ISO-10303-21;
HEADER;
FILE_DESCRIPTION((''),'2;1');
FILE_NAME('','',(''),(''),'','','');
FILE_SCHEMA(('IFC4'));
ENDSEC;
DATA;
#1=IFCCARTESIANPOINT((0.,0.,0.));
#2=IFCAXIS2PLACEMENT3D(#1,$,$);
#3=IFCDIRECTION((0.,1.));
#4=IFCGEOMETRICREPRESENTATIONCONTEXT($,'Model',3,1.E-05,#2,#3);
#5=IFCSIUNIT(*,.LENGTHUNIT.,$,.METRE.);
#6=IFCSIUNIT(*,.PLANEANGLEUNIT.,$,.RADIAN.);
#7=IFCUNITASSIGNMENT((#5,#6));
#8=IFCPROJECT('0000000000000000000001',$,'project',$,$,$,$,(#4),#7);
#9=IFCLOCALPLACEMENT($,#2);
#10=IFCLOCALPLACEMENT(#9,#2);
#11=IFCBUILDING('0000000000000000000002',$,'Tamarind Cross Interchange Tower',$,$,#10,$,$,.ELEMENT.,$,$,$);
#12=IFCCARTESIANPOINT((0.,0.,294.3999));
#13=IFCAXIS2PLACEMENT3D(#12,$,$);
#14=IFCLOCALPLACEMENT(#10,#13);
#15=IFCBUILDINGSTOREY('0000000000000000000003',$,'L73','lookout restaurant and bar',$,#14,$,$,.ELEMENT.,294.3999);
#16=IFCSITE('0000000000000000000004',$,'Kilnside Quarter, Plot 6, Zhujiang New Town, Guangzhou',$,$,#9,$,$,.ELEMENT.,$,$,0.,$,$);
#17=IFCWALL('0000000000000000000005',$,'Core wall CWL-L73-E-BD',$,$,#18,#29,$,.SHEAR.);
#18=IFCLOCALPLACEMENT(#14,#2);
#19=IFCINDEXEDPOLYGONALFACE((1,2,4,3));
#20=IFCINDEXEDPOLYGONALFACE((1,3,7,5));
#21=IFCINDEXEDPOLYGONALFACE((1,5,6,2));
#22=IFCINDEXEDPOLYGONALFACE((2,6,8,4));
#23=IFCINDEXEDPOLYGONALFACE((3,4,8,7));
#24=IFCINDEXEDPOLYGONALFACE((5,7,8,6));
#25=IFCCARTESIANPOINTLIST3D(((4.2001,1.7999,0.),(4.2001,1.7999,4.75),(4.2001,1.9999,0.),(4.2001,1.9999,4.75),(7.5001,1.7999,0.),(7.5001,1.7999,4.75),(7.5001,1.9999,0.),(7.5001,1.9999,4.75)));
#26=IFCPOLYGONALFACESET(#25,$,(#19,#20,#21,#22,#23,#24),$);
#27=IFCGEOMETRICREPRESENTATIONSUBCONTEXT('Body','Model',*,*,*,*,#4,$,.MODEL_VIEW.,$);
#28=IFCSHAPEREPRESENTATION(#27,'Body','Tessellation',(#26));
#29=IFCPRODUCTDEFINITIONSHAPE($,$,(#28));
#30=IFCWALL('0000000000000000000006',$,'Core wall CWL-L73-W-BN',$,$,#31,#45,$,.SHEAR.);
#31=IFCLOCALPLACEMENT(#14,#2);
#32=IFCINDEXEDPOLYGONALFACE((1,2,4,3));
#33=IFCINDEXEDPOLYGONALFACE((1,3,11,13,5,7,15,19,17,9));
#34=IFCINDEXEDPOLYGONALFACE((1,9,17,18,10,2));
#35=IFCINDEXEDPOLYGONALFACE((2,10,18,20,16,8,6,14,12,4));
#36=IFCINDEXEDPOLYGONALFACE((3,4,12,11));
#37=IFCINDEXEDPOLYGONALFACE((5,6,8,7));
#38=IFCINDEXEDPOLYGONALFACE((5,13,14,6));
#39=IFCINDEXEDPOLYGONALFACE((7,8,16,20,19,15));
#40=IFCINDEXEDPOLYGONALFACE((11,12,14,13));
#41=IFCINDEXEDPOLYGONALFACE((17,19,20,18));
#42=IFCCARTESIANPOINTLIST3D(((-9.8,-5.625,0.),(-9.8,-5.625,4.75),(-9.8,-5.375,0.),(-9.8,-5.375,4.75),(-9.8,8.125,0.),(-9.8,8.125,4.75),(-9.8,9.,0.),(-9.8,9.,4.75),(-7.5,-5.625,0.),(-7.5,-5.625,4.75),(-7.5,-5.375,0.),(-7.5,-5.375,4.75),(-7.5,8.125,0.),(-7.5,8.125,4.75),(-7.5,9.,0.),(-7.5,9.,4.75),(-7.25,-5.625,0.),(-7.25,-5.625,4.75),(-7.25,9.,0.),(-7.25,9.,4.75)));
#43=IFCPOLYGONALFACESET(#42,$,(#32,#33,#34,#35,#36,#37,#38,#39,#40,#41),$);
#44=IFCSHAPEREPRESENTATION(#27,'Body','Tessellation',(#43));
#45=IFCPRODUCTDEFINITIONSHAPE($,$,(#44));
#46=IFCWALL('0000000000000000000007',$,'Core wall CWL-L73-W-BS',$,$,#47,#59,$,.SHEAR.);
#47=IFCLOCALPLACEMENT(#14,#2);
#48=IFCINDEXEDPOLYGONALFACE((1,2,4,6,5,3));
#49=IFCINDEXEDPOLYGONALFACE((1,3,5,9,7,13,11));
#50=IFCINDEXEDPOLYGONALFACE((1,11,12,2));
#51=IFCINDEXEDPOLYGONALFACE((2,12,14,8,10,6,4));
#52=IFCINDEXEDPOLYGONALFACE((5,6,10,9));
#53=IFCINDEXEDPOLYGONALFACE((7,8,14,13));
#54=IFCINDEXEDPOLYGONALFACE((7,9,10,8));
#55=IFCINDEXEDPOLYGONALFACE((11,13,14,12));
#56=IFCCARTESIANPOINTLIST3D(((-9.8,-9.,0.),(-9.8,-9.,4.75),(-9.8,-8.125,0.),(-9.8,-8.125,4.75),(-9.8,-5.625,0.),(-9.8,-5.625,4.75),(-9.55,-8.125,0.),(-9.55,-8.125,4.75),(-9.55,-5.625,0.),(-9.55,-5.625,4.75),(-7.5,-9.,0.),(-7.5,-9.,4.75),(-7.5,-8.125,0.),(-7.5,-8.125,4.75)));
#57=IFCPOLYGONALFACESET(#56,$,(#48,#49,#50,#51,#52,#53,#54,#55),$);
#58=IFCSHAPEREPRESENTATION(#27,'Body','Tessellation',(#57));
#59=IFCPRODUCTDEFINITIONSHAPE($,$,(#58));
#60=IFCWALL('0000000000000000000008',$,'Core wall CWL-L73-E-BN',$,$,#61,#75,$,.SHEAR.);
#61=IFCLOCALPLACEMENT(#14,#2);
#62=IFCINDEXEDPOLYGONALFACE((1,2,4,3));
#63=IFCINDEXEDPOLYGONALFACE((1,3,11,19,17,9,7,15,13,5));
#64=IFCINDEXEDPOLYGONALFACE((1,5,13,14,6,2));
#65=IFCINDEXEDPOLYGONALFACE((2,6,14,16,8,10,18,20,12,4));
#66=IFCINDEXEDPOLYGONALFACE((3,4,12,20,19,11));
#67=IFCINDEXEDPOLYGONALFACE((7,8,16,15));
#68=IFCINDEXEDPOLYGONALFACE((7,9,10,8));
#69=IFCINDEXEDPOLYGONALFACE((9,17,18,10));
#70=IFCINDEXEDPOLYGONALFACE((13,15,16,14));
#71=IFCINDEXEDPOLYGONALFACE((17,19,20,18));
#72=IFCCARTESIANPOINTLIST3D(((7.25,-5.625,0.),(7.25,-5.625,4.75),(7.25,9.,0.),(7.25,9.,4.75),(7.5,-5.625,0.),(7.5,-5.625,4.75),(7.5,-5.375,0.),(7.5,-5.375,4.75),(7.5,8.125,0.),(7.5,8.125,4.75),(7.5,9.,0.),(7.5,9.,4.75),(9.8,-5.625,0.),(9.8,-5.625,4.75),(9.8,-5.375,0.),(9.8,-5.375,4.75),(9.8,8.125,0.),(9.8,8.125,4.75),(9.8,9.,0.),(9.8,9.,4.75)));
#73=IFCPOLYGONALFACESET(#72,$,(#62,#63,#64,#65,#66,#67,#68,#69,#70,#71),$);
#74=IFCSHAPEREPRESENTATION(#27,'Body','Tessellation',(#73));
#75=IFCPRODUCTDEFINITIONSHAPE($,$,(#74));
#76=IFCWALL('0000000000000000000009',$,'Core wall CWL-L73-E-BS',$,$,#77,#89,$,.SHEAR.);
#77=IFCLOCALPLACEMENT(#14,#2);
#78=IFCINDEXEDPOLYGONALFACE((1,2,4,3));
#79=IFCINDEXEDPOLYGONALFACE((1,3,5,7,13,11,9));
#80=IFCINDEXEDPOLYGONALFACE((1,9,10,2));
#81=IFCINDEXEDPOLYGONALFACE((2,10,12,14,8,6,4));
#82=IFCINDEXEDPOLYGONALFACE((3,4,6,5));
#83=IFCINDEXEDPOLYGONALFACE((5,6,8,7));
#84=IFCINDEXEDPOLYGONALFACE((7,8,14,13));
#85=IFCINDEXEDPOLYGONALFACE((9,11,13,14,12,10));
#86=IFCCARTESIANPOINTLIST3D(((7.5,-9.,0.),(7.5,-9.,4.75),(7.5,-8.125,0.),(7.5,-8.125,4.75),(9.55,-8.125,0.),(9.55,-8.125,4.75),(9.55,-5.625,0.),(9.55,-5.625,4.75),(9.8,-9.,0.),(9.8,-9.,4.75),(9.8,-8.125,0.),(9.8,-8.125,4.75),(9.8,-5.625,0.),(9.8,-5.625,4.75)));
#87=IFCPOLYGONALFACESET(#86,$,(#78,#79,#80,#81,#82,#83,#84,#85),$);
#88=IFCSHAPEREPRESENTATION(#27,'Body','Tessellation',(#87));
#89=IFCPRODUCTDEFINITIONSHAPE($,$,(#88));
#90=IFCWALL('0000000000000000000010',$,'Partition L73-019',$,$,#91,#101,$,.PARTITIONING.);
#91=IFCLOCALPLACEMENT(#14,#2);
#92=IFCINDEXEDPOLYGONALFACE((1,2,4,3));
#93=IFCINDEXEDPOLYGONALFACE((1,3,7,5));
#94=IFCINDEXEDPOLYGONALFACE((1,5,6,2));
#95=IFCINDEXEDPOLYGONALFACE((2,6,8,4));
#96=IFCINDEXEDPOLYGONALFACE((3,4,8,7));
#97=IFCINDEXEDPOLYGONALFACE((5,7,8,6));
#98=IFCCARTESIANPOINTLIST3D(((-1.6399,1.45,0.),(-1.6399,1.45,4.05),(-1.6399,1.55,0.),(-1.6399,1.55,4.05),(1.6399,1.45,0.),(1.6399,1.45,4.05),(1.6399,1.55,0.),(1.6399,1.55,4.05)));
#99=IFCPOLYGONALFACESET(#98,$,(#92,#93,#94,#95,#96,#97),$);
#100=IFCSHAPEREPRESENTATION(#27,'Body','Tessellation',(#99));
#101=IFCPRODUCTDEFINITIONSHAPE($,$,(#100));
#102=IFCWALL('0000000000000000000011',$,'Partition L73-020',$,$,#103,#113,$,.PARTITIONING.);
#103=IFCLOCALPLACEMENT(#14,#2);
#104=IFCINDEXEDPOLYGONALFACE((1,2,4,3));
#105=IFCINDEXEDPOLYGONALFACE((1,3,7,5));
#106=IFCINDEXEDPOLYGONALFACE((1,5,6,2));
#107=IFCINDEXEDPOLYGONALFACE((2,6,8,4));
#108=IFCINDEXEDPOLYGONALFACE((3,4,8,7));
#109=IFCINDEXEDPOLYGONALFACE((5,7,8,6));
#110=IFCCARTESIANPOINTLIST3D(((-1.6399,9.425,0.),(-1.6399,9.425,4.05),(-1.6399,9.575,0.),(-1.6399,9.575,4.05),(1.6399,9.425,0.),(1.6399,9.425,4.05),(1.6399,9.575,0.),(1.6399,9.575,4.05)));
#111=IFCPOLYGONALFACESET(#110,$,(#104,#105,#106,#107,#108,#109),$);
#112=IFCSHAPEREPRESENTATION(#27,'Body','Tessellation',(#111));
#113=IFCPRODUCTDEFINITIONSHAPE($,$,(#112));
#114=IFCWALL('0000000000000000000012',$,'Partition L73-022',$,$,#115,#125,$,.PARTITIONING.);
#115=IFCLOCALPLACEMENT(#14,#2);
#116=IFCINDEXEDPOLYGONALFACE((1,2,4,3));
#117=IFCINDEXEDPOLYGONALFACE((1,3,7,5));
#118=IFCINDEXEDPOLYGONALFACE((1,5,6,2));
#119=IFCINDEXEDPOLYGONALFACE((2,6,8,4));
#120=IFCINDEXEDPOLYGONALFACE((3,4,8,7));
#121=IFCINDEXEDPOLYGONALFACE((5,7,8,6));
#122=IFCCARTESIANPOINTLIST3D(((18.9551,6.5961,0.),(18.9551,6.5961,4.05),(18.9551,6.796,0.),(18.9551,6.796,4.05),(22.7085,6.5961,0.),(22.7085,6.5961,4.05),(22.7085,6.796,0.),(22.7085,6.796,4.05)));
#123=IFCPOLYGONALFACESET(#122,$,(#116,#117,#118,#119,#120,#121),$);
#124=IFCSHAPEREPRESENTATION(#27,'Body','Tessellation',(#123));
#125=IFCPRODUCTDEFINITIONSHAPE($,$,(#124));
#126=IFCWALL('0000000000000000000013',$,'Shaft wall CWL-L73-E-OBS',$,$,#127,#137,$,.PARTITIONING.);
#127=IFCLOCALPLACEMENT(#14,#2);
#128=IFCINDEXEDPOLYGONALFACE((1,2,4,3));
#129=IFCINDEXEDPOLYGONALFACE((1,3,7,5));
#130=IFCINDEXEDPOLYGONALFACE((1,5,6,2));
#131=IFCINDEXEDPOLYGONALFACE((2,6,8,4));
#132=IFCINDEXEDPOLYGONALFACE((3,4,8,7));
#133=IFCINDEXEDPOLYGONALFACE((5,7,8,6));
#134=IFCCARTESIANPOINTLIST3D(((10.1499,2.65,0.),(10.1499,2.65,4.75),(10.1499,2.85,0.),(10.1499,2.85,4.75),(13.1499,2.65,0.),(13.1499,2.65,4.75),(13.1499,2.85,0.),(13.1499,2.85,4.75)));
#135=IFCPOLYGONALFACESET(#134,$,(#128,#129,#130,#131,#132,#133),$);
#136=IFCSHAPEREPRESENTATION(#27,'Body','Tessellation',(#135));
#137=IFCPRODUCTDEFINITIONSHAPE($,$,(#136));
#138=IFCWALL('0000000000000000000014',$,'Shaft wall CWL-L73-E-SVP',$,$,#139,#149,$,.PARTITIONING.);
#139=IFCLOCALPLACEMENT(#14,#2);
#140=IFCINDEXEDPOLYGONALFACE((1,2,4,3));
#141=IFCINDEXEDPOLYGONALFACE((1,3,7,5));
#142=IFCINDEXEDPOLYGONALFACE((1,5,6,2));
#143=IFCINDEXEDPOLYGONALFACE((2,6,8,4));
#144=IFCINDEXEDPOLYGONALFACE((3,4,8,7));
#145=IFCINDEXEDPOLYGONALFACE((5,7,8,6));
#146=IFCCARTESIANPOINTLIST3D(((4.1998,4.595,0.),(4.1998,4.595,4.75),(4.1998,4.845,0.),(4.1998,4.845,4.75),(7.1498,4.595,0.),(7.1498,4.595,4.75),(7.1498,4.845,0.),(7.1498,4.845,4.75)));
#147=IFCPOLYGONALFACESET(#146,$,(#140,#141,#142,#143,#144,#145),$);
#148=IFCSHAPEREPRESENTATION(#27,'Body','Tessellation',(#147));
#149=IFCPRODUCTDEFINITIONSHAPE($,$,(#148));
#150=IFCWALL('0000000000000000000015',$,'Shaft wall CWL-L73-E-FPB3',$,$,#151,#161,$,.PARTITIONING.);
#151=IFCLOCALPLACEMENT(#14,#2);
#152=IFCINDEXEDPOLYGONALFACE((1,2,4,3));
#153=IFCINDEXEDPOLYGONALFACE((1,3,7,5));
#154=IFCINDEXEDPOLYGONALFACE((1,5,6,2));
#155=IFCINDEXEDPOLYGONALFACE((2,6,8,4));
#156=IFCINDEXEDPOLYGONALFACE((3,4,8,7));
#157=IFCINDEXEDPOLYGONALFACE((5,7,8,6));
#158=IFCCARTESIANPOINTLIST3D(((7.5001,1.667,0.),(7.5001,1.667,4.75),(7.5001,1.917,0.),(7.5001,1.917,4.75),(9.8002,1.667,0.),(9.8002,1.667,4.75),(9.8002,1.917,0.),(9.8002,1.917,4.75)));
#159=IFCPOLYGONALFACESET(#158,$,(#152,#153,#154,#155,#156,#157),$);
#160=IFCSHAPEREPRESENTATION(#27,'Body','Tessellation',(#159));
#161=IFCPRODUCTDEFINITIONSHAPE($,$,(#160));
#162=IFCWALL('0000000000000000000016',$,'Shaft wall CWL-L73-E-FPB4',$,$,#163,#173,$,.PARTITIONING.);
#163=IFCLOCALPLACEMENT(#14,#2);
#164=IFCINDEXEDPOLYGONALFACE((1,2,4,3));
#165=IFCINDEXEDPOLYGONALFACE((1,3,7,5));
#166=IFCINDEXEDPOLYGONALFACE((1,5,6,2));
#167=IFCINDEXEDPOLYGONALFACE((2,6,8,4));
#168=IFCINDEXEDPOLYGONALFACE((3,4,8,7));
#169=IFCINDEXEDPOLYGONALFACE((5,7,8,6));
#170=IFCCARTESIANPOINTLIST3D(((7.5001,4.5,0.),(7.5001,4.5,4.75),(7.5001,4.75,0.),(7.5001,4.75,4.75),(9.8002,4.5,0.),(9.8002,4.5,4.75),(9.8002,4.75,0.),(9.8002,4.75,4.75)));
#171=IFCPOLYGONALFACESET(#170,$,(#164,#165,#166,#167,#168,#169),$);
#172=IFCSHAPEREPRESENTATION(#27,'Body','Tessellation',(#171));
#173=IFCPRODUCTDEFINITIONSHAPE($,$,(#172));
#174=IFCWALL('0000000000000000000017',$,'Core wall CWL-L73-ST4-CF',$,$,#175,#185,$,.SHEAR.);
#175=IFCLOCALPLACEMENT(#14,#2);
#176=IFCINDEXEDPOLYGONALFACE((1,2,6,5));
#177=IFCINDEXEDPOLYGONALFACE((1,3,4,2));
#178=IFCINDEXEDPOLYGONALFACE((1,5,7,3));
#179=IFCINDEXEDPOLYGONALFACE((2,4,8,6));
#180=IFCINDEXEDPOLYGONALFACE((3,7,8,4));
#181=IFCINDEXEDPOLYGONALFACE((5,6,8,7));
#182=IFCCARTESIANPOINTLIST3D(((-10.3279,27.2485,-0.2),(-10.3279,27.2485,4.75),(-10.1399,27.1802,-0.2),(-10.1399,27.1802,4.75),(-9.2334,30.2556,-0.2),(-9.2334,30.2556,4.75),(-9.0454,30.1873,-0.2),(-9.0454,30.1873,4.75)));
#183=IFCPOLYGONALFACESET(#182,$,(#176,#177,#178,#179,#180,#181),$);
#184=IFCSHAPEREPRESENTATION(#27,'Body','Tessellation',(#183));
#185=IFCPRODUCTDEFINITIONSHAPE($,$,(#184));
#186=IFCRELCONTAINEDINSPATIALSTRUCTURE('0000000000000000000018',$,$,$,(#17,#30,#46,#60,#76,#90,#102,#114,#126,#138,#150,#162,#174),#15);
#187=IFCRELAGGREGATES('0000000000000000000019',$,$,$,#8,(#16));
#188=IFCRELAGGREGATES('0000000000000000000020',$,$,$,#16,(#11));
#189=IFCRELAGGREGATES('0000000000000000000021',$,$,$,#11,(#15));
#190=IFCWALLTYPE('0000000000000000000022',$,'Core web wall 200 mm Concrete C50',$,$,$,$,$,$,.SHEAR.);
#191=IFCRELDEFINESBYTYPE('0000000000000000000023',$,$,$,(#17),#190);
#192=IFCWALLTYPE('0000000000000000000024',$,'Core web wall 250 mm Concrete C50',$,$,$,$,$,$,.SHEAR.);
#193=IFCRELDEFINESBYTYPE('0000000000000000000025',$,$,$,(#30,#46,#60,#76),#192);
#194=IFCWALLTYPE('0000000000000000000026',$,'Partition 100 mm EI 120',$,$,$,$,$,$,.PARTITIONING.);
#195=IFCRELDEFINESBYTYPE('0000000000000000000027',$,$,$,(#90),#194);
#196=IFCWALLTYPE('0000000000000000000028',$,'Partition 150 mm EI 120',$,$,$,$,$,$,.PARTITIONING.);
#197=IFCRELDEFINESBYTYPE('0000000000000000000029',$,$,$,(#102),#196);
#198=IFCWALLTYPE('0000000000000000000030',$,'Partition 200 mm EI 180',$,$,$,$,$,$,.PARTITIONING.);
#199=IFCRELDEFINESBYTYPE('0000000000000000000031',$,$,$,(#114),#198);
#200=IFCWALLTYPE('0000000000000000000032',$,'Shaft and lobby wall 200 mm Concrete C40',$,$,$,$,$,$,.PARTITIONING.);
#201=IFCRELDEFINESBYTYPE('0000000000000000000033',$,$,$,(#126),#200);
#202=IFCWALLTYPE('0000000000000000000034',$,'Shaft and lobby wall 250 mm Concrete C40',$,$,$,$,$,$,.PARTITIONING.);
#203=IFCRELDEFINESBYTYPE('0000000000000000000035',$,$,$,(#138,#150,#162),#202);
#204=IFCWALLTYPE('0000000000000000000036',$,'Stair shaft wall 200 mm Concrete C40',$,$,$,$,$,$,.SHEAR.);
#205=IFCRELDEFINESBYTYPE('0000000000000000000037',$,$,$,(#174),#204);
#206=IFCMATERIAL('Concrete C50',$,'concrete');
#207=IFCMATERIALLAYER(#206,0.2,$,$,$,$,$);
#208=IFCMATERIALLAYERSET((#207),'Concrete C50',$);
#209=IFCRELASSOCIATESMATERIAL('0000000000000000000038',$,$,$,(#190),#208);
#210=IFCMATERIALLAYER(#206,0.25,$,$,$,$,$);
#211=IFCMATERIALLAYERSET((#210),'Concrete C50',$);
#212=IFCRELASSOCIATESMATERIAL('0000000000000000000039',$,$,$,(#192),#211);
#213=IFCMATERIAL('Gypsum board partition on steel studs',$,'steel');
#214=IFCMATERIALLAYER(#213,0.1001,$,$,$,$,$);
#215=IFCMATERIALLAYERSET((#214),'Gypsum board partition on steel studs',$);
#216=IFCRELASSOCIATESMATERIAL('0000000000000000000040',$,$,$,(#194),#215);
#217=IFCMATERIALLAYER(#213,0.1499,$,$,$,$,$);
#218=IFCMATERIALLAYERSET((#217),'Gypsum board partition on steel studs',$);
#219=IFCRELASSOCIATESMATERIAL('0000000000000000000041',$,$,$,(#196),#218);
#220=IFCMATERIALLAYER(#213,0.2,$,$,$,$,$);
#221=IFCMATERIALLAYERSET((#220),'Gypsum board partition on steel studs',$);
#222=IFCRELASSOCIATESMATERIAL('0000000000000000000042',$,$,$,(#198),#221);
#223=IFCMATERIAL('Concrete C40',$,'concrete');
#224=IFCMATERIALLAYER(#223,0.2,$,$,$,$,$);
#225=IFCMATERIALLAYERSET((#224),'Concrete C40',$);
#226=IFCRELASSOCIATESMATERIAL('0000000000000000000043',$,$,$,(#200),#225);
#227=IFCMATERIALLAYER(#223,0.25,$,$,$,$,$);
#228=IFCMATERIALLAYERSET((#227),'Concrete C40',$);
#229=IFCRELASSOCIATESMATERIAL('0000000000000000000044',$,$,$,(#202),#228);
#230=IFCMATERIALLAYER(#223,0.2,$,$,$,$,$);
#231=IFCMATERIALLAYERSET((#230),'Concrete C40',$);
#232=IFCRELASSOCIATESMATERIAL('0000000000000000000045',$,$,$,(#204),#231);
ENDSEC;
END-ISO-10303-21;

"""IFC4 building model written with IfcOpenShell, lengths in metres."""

from ifc_helpers import new_model, si_unit, direction, frame, frame_2d, origin, place, context, subcontext, project, spatial, polyline, rectangle, outline, extrude, material, layer, layer_set, type_object, element, save


model = new_model("IFC4")

# Units and contexts
model_context = context("Model", 3, precision=1e-05, world=origin(), true_north=direction((0.0, 1.0)))
body_context = subcontext(model_context, "Body", "Model", "MODEL_VIEW")
ifc_project = project(units=[si_unit("LENGTHUNIT", "METRE"), si_unit("PLANEANGLEUNIT", "RADIAN")], contexts=[model_context])

# Site, building, storey
site_placement = place(None, origin())
site = spatial("IfcSite", under=ifc_project, at=site_placement, Name="Kilnside Quarter, Plot 6, Zhujiang New Town, Guangzhou", CompositionType="ELEMENT", RefElevation=0.0)
building_placement = place(site_placement, origin())
building = spatial("IfcBuilding", under=site, at=building_placement, Name="Tamarind Cross Interchange Tower", CompositionType="ELEMENT")
storey_placement = place(building_placement, frame((0.0, 0.0, 294.3999)))
storey = spatial("IfcBuildingStorey", under=building, at=storey_placement, Name="L73", Description="lookout restaurant and bar", CompositionType="ELEMENT", Elevation=294.3999)

# Shared definitions
ifc_material_1 = material(Name="Concrete C40", Category="concrete")

# Shared definitions
ifc_material_2 = material(Name="Concrete C50", Category="concrete")

# Walls
ifc_layer_1 = layer(ifc_material_2, 0.2)
ifc_layer_set_1 = layer_set([ifc_layer_1], Name="Concrete C50")
wall_type_1 = type_object("IfcWallType", Name="Core web wall 200 mm Concrete C50", PredefinedType="SHEAR", material=ifc_layer_set_1)
wall_1_placement = place(storey_placement, frame((7.5, 1.8999, 0.0), z_axis=(0.0, 0.0, 1.0), x_axis=(-1.0, 0.0, 0.0)))
element("IfcWall", 1, at=wall_1_placement, inside=storey, type_object=wall_type_1, Name="Core wall CWL-L73-E-BD", PredefinedType="SHEAR", context=body_context, shape_type="SweptSolid", body=[
    extrude(rectangle(XDim=3.3, YDim=0.2, at=frame_2d((1.6499, 0.0))), origin(), (0.0, 0.0, 1.0), 4.75),
])
ifc_layer_2 = layer(ifc_material_2, 0.25)
ifc_layer_set_2 = layer_set([ifc_layer_2], Name="Concrete C50")
wall_type_2 = type_object("IfcWallType", Name="Core web wall 250 mm Concrete C50", PredefinedType="SHEAR", material=ifc_layer_set_2)
wall_2_placement = place(storey_placement, origin())
element("IfcWall", 2, at=wall_2_placement, inside=storey, type_object=wall_type_2, Name="Core wall CWL-L73-W-BN", PredefinedType="SHEAR", context=body_context, shape_type="SweptSolid", body=[
    extrude(outline(polyline([(-9.8, -5.625), (-7.5, -5.625), (-7.25, -5.625), (-7.25, 9.0), (-7.5, 9.0), (-9.8, 9.0), (-9.8, 8.125), (-7.5, 8.125), (-7.5, -5.375), (-9.8, -5.375), (-9.8, -5.625)])), origin(), (0.0, 0.0, 1.0), 4.75),
])
wall_3_placement = place(storey_placement, origin())
element("IfcWall", 3, at=wall_3_placement, inside=storey, type_object=wall_type_2, Name="Core wall CWL-L73-W-BS", PredefinedType="SHEAR", context=body_context, shape_type="SweptSolid", body=[
    extrude(outline(polyline([(-7.5, -8.125), (-9.55, -8.125), (-9.55, -5.625), (-9.8, -5.625), (-9.8, -8.125), (-9.8, -9.0), (-7.5, -9.0), (-7.5, -8.125)])), origin(), (0.0, 0.0, 1.0), 4.75),
])
wall_4_placement = place(storey_placement, origin())
element("IfcWall", 4, at=wall_4_placement, inside=storey, type_object=wall_type_2, Name="Core wall CWL-L73-E-BN", PredefinedType="SHEAR", context=body_context, shape_type="SweptSolid", body=[
    extrude(outline(polyline([(9.8, -5.625), (9.8, -5.375), (7.5, -5.375), (7.5, 8.125), (9.8, 8.125), (9.8, 9.0), (7.5, 9.0), (7.25, 9.0), (7.25, -5.625), (7.5, -5.625), (9.8, -5.625)])), origin(), (0.0, 0.0, 1.0), 4.75),
])
wall_5_placement = place(storey_placement, origin())
element("IfcWall", 5, at=wall_5_placement, inside=storey, type_object=wall_type_2, Name="Core wall CWL-L73-E-BS", PredefinedType="SHEAR", context=body_context, shape_type="SweptSolid", body=[
    extrude(outline(polyline([(7.5, -8.125), (7.5, -9.0), (9.8, -9.0), (9.8, -8.125), (9.8, -5.625), (9.55, -5.625), (9.55, -8.125), (7.5, -8.125)])), origin(), (0.0, 0.0, 1.0), 4.75),
])
ifc_material_3 = material(Name="Gypsum board partition on steel studs", Category="steel")
ifc_layer_3 = layer(ifc_material_3, 0.1001)
ifc_layer_set_3 = layer_set([ifc_layer_3], Name="Gypsum board partition on steel studs")
wall_type_3 = type_object("IfcWallType", Name="Partition 100 mm EI 120", PredefinedType="PARTITIONING", material=ifc_layer_set_3)
wall_6_placement = place(storey_placement, frame((-1.6399, 1.5, 0.0), z_axis=(0.0, 0.0, 1.0), x_axis=(1.0, 0.0, 0.0)))
element("IfcWall", 6, at=wall_6_placement, inside=storey, type_object=wall_type_3, Name="Partition L73-019", PredefinedType="PARTITIONING", context=body_context, shape_type="SweptSolid", body=[
    extrude(rectangle(XDim=3.2798, YDim=0.1001, at=frame_2d((1.6399, 0.0))), origin(), (0.0, 0.0, 1.0), 4.05),
])
ifc_layer_4 = layer(ifc_material_3, 0.1499)
ifc_layer_set_4 = layer_set([ifc_layer_4], Name="Gypsum board partition on steel studs")
wall_type_4 = type_object("IfcWallType", Name="Partition 150 mm EI 120", PredefinedType="PARTITIONING", material=ifc_layer_set_4)
wall_7_placement = place(storey_placement, frame((-1.6399, 9.5, 0.0), z_axis=(0.0, 0.0, 1.0), x_axis=(1.0, 0.0, 0.0)))
element("IfcWall", 7, at=wall_7_placement, inside=storey, type_object=wall_type_4, Name="Partition L73-020", PredefinedType="PARTITIONING", context=body_context, shape_type="SweptSolid", body=[
    extrude(rectangle(XDim=3.2798, YDim=0.1499, at=frame_2d((1.6399, 0.0))), origin(), (0.0, 0.0, 1.0), 4.05),
])
ifc_layer_5 = layer(ifc_material_3, 0.2)
ifc_layer_set_5 = layer_set([ifc_layer_5], Name="Gypsum board partition on steel studs")
wall_type_5 = type_object("IfcWallType", Name="Partition 200 mm EI 180", PredefinedType="PARTITIONING", material=ifc_layer_set_5)
wall_8_placement = place(storey_placement, frame((18.9551, 6.696, 0.0), z_axis=(0.0, 0.0, 1.0), x_axis=(1.0, 0.0, 0.0)))
element("IfcWall", 8, at=wall_8_placement, inside=storey, type_object=wall_type_5, Name="Partition L73-022", PredefinedType="PARTITIONING", context=body_context, shape_type="SweptSolid", body=[
    extrude(rectangle(XDim=3.7534, YDim=0.2, at=frame_2d((1.8767, 0.0))), origin(), (0.0, 0.0, 1.0), 4.05),
])
ifc_layer_6 = layer(ifc_material_1, 0.2)
ifc_layer_set_6 = layer_set([ifc_layer_6], Name="Concrete C40")
wall_type_6 = type_object("IfcWallType", Name="Shaft and lobby wall 200 mm Concrete C40", PredefinedType="PARTITIONING", material=ifc_layer_set_6)
wall_9_placement = place(storey_placement, frame((13.1499, 2.75, 0.0), z_axis=(0.0, 0.0, 1.0), x_axis=(-1.0, 0.0, 0.0)))
element("IfcWall", 9, at=wall_9_placement, inside=storey, type_object=wall_type_6, Name="Shaft wall CWL-L73-E-OBS", PredefinedType="PARTITIONING", context=body_context, shape_type="SweptSolid", body=[
    extrude(rectangle(XDim=3.0, YDim=0.2, at=frame_2d((1.5, 0.0))), origin(), (0.0, 0.0, 1.0), 4.75),
])
ifc_layer_7 = layer(ifc_material_1, 0.25)
ifc_layer_set_7 = layer_set([ifc_layer_7], Name="Concrete C40")
wall_type_7 = type_object("IfcWallType", Name="Shaft and lobby wall 250 mm Concrete C40", PredefinedType="PARTITIONING", material=ifc_layer_set_7)
wall_10_placement = place(storey_placement, frame((7.1499, 4.72, 0.0), z_axis=(0.0, 0.0, 1.0), x_axis=(-1.0, 0.0, 0.0)))
element("IfcWall", 10, at=wall_10_placement, inside=storey, type_object=wall_type_7, Name="Shaft wall CWL-L73-E-SVP", PredefinedType="PARTITIONING", context=body_context, shape_type="SweptSolid", body=[
    extrude(rectangle(XDim=2.95, YDim=0.25, at=frame_2d((1.4751, 0.0))), origin(), (0.0, 0.0, 1.0), 4.75),
])
for number, where, z_axis, x_axis, name in (
    (11, (9.8, 1.792, 0.0), (0.0, 0.0, 1.0), (-1.0, 0.0, 0.0), "Shaft wall CWL-L73-E-FPB3"),
    (12, (9.8, 4.625, 0.0), (0.0, 0.0, 1.0), (-1.0, 0.0, 0.0), "Shaft wall CWL-L73-E-FPB4"),
):
    element("IfcWall", number, at=place(storey_placement, frame(where, z_axis=z_axis, x_axis=x_axis)), inside=storey, type_object=wall_type_7, Name=name, PredefinedType="PARTITIONING", context=body_context, shape_type="SweptSolid", body=[
        extrude(rectangle(XDim=2.3, YDim=0.25, at=frame_2d((1.1499, 0.0))), origin(), (0.0, 0.0, 1.0), 4.75),
    ])
ifc_layer_8 = layer(ifc_material_1, 0.2)
ifc_layer_set_8 = layer_set([ifc_layer_8], Name="Concrete C40")
wall_type_8 = type_object("IfcWallType", Name="Stair shaft wall 200 mm Concrete C40", PredefinedType="SHEAR", material=ifc_layer_set_8)
wall_11_placement = place(storey_placement, frame((0.0, 0.0, -0.2)))
element("IfcWall", 13, at=wall_11_placement, inside=storey, type_object=wall_type_8, Name="Core wall CWL-L73-ST4-CF", PredefinedType="SHEAR", context=body_context, shape_type="SweptSolid", body=[
    extrude(outline(polyline([(-9.0454, 30.1873), (-9.2334, 30.2556), (-10.3279, 27.2485), (-10.1399, 27.1802), (-9.0454, 30.1873)])), origin(), (0.0, 0.0, 1.0), 4.95),
])

save(model, "model.ifc")
